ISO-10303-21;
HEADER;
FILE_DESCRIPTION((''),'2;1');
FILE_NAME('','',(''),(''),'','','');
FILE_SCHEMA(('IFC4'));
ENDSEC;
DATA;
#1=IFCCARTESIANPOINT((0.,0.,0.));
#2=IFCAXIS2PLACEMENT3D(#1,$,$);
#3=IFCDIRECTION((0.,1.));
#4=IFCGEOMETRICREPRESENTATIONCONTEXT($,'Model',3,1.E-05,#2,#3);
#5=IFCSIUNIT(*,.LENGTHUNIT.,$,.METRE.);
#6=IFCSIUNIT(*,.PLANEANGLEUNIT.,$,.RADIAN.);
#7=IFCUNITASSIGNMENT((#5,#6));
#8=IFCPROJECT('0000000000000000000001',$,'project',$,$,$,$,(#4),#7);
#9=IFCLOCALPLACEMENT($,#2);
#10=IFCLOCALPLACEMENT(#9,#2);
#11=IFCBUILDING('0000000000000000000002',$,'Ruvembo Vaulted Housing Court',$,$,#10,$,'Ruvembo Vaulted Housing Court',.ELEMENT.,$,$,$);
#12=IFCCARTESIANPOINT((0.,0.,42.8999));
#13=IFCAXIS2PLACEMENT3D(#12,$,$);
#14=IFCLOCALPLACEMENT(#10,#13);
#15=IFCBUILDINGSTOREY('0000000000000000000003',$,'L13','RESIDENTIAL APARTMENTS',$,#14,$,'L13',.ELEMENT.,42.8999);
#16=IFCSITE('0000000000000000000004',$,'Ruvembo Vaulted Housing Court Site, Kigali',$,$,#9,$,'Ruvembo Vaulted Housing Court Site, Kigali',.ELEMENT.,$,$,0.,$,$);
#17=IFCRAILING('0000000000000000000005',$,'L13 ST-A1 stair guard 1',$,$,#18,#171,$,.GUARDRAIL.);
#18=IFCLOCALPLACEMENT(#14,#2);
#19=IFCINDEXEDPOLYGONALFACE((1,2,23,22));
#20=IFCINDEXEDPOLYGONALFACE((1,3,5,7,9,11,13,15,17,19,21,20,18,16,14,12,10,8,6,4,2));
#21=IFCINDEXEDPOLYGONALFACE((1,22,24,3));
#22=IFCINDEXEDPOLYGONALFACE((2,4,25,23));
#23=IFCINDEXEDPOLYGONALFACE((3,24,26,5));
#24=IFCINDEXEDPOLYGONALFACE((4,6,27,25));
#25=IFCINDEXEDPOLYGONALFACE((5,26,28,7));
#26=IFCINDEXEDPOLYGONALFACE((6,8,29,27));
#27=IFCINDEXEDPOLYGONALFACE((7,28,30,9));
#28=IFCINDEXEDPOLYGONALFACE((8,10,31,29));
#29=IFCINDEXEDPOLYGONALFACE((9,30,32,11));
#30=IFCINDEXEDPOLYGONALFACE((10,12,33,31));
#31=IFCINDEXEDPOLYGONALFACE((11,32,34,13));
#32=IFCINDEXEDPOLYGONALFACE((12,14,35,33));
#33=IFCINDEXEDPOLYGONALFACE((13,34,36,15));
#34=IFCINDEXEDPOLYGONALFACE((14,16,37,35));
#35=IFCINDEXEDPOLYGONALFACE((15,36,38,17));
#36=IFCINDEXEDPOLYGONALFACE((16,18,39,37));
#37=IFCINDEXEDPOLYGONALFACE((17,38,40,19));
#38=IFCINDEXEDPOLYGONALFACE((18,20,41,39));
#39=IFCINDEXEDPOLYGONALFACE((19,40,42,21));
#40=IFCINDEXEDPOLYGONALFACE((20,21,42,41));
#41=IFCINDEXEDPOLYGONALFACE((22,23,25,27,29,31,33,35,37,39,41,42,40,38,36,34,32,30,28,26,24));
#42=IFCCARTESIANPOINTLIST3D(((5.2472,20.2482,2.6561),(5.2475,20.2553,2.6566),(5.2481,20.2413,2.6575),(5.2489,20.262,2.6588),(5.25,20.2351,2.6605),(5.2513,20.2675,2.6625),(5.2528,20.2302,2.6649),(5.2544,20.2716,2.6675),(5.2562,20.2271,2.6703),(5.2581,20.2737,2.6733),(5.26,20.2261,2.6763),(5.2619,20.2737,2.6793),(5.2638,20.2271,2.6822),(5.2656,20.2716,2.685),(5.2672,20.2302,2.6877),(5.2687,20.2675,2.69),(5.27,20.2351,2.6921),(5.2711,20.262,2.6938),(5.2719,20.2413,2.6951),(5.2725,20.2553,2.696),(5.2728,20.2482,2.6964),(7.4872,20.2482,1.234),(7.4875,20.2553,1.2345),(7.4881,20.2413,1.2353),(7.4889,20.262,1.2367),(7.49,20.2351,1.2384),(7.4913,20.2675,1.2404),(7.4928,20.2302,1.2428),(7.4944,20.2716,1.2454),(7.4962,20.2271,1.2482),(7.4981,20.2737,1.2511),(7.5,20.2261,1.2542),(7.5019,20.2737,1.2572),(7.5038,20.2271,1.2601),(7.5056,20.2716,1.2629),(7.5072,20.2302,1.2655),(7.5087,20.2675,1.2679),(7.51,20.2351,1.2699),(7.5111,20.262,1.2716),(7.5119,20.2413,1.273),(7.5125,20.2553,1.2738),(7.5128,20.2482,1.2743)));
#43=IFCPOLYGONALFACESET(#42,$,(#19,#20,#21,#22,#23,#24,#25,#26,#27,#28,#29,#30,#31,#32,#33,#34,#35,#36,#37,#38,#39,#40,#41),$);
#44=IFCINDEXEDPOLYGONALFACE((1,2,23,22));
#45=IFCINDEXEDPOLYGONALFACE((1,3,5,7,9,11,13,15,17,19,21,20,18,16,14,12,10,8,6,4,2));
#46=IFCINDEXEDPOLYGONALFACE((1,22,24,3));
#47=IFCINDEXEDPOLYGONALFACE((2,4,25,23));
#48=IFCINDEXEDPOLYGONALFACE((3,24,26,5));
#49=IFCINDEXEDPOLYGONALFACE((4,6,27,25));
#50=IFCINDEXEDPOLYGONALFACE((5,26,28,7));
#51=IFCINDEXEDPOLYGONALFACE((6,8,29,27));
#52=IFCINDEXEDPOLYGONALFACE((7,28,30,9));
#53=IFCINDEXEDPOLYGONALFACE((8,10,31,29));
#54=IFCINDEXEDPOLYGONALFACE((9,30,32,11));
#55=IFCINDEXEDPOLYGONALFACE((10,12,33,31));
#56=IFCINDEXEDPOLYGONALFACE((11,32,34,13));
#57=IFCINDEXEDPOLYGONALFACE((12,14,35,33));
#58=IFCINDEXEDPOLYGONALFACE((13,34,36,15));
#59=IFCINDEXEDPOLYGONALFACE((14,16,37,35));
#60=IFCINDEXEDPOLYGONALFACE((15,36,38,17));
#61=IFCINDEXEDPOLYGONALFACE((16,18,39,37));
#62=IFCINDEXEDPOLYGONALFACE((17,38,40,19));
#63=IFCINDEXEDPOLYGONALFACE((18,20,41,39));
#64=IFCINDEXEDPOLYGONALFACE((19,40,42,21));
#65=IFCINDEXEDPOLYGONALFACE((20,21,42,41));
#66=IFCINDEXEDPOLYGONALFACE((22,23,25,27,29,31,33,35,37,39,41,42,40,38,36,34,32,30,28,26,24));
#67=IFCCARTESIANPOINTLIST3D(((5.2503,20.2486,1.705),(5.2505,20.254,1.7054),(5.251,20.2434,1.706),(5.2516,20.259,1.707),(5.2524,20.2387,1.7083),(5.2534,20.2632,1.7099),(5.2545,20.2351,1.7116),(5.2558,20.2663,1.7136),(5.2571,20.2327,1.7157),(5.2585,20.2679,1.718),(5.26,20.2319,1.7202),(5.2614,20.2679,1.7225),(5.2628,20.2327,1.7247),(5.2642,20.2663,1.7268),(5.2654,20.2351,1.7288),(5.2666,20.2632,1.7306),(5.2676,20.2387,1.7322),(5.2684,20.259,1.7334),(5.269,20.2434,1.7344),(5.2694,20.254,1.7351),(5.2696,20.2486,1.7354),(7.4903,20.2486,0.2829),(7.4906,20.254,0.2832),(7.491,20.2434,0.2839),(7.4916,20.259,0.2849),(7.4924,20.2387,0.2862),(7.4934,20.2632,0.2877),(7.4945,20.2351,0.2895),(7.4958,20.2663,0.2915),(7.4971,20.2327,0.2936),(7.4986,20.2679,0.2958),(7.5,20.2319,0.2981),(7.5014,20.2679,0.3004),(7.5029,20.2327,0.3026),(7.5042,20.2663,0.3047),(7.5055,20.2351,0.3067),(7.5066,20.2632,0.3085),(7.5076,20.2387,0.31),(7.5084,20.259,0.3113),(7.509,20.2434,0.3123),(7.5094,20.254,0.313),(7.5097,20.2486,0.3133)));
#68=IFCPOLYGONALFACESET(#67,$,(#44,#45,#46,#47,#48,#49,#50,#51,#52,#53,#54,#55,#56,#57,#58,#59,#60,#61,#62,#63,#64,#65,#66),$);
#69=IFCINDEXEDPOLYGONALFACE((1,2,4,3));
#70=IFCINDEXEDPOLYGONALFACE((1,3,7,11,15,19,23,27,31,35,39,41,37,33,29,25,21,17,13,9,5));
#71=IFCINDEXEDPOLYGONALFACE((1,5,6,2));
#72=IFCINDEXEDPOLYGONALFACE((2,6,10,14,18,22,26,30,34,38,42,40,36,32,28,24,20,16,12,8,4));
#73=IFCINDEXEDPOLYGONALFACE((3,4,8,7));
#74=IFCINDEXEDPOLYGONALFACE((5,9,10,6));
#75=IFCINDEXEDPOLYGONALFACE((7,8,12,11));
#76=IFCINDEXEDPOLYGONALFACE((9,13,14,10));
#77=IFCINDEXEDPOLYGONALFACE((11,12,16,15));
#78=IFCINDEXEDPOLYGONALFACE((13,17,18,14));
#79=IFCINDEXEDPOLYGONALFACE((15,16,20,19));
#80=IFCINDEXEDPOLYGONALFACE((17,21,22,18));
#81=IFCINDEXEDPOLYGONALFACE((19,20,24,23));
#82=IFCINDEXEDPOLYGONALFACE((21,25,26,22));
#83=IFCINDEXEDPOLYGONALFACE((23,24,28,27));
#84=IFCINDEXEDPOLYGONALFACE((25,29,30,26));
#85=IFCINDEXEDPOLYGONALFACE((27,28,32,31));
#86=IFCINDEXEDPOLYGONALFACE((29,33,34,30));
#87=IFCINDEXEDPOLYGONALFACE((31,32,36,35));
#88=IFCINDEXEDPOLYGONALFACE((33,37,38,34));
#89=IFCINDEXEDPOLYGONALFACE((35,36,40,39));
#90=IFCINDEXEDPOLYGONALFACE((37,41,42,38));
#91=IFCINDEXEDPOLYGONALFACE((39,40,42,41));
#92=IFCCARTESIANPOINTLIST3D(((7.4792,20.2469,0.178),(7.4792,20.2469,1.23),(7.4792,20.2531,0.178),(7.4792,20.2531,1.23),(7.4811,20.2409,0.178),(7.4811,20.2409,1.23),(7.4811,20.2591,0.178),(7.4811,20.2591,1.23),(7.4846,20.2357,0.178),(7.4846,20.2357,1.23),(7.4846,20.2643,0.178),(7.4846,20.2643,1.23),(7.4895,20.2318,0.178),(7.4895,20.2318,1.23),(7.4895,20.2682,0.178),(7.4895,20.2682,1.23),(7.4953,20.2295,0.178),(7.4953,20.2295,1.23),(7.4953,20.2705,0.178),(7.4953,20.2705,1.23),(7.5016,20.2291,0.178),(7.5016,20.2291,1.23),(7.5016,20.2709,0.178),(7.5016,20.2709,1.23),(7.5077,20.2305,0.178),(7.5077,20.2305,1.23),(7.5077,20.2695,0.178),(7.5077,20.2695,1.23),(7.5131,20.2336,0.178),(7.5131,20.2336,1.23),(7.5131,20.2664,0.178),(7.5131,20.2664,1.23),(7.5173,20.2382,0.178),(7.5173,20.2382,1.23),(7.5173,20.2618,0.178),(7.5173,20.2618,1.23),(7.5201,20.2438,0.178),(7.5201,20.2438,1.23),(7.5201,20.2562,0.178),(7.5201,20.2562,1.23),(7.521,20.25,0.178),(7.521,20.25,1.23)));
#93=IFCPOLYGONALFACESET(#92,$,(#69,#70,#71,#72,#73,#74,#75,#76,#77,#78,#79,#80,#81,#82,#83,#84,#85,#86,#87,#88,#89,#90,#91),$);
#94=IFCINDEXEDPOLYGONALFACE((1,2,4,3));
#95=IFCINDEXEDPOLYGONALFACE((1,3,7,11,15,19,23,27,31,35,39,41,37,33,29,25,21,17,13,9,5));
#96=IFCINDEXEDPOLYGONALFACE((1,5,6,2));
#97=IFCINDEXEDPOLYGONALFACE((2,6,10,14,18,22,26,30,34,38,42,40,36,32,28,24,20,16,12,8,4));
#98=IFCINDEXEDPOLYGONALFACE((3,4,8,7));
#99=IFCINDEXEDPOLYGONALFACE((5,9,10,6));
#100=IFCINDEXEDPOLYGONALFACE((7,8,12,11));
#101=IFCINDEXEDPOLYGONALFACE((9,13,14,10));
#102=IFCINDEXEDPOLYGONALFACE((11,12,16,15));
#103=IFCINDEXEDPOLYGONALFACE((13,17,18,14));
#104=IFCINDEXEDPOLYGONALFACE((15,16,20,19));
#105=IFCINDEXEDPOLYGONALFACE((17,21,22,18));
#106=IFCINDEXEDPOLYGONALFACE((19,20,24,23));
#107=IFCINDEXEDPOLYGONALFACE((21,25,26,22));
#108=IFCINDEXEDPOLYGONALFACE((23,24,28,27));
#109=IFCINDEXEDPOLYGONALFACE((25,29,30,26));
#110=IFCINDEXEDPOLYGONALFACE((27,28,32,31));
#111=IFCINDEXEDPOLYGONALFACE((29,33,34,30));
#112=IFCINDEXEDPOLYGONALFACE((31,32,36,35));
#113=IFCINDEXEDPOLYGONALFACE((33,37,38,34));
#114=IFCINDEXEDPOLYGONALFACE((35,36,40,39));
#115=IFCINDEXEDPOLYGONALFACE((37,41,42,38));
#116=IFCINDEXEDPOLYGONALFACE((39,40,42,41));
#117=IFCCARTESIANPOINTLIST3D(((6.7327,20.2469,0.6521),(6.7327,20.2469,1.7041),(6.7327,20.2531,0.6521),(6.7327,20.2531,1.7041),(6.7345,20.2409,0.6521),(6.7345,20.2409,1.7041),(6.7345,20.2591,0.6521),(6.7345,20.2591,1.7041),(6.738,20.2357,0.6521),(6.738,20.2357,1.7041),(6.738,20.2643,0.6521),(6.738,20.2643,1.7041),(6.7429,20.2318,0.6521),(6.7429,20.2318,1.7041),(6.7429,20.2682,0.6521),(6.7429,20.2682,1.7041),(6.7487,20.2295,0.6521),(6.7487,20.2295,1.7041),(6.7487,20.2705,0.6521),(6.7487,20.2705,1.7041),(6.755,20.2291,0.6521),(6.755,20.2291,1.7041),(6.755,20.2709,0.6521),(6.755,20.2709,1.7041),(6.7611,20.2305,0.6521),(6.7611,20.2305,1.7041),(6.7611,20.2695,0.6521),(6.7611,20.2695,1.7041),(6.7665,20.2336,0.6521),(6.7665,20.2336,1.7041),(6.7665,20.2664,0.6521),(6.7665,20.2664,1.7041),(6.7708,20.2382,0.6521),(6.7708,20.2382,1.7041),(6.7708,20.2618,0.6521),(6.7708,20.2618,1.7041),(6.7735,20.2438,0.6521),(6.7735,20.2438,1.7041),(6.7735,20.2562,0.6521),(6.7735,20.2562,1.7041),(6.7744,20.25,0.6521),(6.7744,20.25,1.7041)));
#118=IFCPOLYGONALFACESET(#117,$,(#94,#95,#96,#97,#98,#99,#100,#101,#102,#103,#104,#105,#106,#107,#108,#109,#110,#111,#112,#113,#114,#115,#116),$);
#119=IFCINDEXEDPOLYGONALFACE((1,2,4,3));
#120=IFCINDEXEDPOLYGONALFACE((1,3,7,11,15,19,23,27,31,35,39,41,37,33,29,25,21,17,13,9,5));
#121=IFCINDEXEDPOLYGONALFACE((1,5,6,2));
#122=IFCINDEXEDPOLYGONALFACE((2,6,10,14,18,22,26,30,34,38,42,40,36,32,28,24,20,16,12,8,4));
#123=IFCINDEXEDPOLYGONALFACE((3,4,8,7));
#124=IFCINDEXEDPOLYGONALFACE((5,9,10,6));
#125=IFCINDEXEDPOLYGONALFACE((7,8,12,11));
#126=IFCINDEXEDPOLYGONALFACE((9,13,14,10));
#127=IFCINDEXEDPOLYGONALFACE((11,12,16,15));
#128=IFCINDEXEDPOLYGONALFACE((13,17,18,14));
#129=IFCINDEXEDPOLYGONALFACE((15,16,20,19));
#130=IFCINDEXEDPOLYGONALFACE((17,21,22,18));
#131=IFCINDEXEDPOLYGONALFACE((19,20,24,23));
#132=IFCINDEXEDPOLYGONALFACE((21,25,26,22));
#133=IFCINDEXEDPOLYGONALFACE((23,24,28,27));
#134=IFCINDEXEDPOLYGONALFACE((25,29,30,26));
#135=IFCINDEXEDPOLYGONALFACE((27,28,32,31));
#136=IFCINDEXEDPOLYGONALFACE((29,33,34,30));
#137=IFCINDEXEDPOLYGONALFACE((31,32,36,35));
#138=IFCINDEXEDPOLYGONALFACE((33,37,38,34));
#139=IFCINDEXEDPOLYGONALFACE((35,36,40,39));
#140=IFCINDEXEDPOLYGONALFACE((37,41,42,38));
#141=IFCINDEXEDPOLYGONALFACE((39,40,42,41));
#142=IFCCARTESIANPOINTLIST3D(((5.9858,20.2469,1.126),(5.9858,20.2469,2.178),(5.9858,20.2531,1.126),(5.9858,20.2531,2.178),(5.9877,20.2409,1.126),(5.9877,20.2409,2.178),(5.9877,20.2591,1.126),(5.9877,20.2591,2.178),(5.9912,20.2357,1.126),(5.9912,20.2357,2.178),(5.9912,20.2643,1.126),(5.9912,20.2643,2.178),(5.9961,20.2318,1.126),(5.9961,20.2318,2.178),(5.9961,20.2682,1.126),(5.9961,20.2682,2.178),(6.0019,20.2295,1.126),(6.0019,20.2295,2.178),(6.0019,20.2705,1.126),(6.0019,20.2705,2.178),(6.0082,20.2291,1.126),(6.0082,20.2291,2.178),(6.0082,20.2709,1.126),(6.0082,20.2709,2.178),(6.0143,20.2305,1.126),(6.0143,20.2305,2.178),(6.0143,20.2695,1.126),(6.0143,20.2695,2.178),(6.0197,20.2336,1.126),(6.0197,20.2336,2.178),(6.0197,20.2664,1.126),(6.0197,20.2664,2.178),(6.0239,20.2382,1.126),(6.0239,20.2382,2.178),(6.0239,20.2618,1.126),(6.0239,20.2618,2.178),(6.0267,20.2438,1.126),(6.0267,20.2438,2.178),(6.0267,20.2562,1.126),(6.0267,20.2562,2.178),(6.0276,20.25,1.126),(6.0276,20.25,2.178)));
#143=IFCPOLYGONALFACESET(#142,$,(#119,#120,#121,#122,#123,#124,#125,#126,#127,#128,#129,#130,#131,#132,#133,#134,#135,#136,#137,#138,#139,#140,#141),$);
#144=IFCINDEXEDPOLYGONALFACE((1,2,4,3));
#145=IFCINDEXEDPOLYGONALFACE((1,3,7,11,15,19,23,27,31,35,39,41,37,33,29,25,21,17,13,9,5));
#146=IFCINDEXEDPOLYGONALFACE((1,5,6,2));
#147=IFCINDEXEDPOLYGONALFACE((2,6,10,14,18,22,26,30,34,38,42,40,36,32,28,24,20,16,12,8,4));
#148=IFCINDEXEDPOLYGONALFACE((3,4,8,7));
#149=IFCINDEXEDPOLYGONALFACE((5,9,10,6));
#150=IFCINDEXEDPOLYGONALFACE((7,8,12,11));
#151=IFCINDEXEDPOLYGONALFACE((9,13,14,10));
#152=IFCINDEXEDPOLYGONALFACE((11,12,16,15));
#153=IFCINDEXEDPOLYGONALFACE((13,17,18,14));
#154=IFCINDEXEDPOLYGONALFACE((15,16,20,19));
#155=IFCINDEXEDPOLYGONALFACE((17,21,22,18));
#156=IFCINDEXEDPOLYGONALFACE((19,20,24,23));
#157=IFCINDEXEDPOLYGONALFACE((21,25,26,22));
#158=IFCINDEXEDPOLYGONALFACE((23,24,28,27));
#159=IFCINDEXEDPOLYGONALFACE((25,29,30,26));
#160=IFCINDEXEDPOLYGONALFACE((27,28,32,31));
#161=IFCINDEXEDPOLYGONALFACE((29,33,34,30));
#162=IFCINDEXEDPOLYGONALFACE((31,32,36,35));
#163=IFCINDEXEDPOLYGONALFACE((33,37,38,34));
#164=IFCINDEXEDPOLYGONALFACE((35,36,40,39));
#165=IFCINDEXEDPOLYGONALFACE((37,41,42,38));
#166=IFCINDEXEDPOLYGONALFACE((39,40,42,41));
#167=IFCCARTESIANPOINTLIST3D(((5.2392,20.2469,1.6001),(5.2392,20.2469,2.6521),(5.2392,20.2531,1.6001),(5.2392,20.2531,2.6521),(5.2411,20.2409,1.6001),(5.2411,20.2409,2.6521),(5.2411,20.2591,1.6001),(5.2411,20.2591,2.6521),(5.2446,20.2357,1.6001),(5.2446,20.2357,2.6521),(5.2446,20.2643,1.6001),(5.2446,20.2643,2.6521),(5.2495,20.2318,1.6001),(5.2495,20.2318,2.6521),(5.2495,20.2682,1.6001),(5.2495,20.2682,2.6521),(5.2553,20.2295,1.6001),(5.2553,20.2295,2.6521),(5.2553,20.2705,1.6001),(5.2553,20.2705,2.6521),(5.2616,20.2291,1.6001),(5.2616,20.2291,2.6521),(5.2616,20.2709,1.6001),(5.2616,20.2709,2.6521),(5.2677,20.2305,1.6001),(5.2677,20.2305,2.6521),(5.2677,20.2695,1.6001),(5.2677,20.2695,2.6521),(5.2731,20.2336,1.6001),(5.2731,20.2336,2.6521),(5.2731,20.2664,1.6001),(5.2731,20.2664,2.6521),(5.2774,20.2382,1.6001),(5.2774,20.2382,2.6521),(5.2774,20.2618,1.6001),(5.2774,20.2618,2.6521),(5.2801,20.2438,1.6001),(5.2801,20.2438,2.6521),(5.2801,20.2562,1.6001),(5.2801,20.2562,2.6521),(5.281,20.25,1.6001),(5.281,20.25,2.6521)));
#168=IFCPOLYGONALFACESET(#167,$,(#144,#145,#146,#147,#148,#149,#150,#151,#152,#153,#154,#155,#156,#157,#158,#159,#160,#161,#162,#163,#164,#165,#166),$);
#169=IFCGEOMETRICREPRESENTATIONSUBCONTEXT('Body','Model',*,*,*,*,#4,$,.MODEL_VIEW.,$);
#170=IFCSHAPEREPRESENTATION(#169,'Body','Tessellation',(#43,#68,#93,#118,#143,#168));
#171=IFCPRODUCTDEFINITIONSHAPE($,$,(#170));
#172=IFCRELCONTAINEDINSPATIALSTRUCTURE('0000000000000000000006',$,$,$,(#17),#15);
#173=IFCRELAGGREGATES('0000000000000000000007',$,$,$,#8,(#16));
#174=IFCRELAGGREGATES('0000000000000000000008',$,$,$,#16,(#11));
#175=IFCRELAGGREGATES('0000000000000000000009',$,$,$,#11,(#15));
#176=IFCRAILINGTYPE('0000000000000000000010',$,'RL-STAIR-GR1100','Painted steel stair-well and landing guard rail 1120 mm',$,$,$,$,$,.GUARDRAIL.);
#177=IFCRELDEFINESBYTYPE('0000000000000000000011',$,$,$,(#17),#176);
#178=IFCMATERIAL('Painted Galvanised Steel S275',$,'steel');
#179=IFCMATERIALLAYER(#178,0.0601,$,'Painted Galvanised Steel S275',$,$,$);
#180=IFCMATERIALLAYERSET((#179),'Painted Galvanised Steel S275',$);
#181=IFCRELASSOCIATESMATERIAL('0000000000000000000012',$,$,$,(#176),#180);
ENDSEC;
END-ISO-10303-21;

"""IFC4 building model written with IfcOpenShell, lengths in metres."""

from ifc_helpers import new_model, si_unit, direction, frame, origin, origin_2d, place, context, subcontext, project, spatial, circle, extrude, material, layer, layer_set, type_object, element, save


model = new_model("IFC4")

# Units and contexts
model_context = context("Model", 3, precision=1e-05, world=origin(), true_north=direction((0.0, 1.0)))
body_context = subcontext(model_context, "Body", "Model", "MODEL_VIEW")
ifc_project = project(units=[si_unit("LENGTHUNIT", "METRE"), si_unit("PLANEANGLEUNIT", "RADIAN")], contexts=[model_context])

# Site, building, storey
site_placement = place(None, origin())
site = spatial("IfcSite", under=ifc_project, at=site_placement, Name="Ruvembo Vaulted Housing Court Site, Kigali", LongName="Ruvembo Vaulted Housing Court Site, Kigali", CompositionType="ELEMENT", RefElevation=0.0)
building_placement = place(site_placement, origin())
building = spatial("IfcBuilding", under=site, at=building_placement, Name="Ruvembo Vaulted Housing Court", LongName="Ruvembo Vaulted Housing Court", CompositionType="ELEMENT")
storey_placement = place(building_placement, frame((0.0, 0.0, 42.8999)))
storey = spatial("IfcBuildingStorey", under=building, at=storey_placement, Name="L13", Description="RESIDENTIAL APARTMENTS", LongName="L13", CompositionType="ELEMENT", Elevation=42.8999)

# Railing
ifc_material_1 = material(Name="Painted Galvanised Steel S275", Category="steel")
ifc_layer_1 = layer(ifc_material_1, 0.0601, Name="Painted Galvanised Steel S275")
ifc_layer_set_1 = layer_set([ifc_layer_1], Name="Painted Galvanised Steel S275")
railing_type_1 = type_object("IfcRailingType", Name="RL-STAIR-GR1100", Description="Painted steel stair-well and landing guard rail 1120 mm", PredefinedType="GUARDRAIL", material=ifc_layer_set_1)
railing_1_placement = place(storey_placement, frame((7.5, 20.25, 0.178)))
element("IfcRailing", 1, at=railing_1_placement, inside=storey, type_object=railing_type_1, Name="L13 ST-A1 stair guard 1", PredefinedType="GUARDRAIL", context=body_context, shape_type="SweptSolid", body=[
    extrude(circle(Radius=0.0239, at=origin_2d()), frame((0.0, 0.0, 1.0762), z_axis=(-0.844229, 0.0, 0.535982), x_axis=(0.0, -1.0, 0.0)), (0.0, 0.0, 1.0), 2.6533),
    extrude(circle(Radius=0.0181, at=origin_2d()), frame((0.0, 0.0, 0.1201), z_axis=(-0.844229, 0.0, 0.535982), x_axis=(0.0, -1.0, 0.0)), (0.0, 0.0, 1.0), 2.6533),
    extrude(circle(Radius=0.021, at=origin_2d()), origin(), (0.0, 0.0, 1.0), 1.052),
    extrude(circle(Radius=0.021, at=origin_2d()), frame((-0.7466, 0.0, 0.4741)), (0.0, 0.0, 1.0), 1.052),
    extrude(circle(Radius=0.021, at=origin_2d()), frame((-1.4934, 0.0, 0.948)), (0.0, 0.0, 1.0), 1.052),
    extrude(circle(Radius=0.021, at=origin_2d()), frame((-2.24, 0.0, 1.4221)), (0.0, 0.0, 1.0), 1.052),
])

save(model, "model.ifc")
